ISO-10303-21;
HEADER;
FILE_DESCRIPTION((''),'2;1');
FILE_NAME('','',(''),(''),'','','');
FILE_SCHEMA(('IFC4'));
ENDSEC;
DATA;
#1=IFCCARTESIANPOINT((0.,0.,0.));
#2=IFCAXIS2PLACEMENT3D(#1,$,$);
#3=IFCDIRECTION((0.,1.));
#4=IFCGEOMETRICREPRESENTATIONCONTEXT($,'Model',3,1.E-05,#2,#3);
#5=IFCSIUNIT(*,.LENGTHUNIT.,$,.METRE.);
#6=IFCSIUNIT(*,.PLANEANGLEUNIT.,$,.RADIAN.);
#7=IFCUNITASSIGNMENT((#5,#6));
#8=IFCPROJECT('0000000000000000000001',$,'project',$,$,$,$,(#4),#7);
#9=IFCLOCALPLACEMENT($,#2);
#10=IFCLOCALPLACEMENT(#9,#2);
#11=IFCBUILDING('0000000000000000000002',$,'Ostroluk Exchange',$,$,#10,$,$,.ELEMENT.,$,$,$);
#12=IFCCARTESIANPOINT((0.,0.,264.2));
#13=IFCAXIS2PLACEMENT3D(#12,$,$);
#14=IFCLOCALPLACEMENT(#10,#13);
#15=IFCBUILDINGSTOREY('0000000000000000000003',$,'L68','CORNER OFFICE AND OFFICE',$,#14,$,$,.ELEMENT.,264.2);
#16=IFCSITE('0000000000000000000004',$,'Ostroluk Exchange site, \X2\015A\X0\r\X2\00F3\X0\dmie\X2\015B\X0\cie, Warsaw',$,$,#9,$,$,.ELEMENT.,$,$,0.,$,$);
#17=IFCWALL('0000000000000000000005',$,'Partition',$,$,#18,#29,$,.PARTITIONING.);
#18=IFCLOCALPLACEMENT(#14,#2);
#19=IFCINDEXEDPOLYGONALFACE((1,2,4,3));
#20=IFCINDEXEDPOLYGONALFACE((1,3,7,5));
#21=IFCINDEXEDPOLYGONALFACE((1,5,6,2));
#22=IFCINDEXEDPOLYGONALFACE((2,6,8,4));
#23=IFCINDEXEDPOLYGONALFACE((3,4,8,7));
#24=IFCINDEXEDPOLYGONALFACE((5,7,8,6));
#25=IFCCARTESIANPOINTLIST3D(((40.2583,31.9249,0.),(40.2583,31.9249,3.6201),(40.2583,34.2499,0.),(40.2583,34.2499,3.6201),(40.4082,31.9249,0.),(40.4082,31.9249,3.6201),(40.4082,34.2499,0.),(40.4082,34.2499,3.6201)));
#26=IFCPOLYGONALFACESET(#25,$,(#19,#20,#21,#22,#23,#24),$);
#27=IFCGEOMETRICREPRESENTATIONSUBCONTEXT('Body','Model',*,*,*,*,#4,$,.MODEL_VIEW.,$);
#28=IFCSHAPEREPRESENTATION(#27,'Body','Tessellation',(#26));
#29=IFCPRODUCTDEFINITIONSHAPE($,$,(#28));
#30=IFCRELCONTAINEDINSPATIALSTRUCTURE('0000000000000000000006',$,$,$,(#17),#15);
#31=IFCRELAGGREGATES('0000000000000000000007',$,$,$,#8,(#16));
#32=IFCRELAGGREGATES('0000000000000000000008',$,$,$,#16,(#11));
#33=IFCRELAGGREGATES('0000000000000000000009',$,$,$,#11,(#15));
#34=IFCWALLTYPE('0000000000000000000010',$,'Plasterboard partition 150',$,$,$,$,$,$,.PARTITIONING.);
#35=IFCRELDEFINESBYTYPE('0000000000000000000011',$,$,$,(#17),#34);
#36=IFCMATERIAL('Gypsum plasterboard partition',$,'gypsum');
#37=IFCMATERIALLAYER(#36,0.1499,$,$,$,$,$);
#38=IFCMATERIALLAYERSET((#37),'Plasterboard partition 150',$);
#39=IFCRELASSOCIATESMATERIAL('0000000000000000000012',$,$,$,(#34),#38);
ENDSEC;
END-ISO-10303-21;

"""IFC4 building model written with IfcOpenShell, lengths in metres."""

from ifc_helpers import new_model, si_unit, direction, frame, frame_2d, origin, place, context, subcontext, project, spatial, rectangle, extrude, material, layer, layer_set, type_object, element, save


model = new_model("IFC4")

# Units and contexts
model_context = context("Model", 3, precision=1e-05, world=origin(), true_north=direction((0.0, 1.0)))
body_context = subcontext(model_context, "Body", "Model", "MODEL_VIEW")
ifc_project = project(units=[si_unit("LENGTHUNIT", "METRE"), si_unit("PLANEANGLEUNIT", "RADIAN")], contexts=[model_context])

# Site, building, storey
site_placement = place(None, origin())
site = spatial("IfcSite", under=ifc_project, at=site_placement, Name="Ostroluk Exchange site, Śródmieście, Warsaw", CompositionType="ELEMENT", RefElevation=0.0)
building_placement = place(site_placement, origin())
building = spatial("IfcBuilding", under=site, at=building_placement, Name="Ostroluk Exchange", CompositionType="ELEMENT")
storey_placement = place(building_placement, frame((0.0, 0.0, 264.2)))
storey = spatial("IfcBuildingStorey", under=building, at=storey_placement, Name="L68", Description="CORNER OFFICE AND OFFICE", CompositionType="ELEMENT", Elevation=264.2)

# Shared definitions
ifc_material_1 = material(Name="Gypsum plasterboard partition", Category="gypsum")
ifc_layer_1 = layer(ifc_material_1, 0.1499)
ifc_layer_set_1 = layer_set([ifc_layer_1], Name="Plasterboard partition 150")
wall_type_1 = type_object("IfcWallType", Name="Plasterboard partition 150", PredefinedType="PARTITIONING", material=ifc_layer_set_1)

# Wall
wall_1_placement = place(storey_placement, frame((40.3333, 34.25, 0.0), z_axis=(0.0, 0.0, 1.0), x_axis=(0.0, -1.0, 0.0)))
element("IfcWall", 1, at=wall_1_placement, inside=storey, type_object=wall_type_1, Name="Partition", PredefinedType="PARTITIONING", context=body_context, shape_type="SweptSolid", body=[
    extrude(rectangle(XDim=2.325, YDim=0.1499, at=frame_2d((1.1626, 0.0))), origin(), (0.0, 0.0, 1.0), 3.6201),
])

save(model, "model.ifc")
